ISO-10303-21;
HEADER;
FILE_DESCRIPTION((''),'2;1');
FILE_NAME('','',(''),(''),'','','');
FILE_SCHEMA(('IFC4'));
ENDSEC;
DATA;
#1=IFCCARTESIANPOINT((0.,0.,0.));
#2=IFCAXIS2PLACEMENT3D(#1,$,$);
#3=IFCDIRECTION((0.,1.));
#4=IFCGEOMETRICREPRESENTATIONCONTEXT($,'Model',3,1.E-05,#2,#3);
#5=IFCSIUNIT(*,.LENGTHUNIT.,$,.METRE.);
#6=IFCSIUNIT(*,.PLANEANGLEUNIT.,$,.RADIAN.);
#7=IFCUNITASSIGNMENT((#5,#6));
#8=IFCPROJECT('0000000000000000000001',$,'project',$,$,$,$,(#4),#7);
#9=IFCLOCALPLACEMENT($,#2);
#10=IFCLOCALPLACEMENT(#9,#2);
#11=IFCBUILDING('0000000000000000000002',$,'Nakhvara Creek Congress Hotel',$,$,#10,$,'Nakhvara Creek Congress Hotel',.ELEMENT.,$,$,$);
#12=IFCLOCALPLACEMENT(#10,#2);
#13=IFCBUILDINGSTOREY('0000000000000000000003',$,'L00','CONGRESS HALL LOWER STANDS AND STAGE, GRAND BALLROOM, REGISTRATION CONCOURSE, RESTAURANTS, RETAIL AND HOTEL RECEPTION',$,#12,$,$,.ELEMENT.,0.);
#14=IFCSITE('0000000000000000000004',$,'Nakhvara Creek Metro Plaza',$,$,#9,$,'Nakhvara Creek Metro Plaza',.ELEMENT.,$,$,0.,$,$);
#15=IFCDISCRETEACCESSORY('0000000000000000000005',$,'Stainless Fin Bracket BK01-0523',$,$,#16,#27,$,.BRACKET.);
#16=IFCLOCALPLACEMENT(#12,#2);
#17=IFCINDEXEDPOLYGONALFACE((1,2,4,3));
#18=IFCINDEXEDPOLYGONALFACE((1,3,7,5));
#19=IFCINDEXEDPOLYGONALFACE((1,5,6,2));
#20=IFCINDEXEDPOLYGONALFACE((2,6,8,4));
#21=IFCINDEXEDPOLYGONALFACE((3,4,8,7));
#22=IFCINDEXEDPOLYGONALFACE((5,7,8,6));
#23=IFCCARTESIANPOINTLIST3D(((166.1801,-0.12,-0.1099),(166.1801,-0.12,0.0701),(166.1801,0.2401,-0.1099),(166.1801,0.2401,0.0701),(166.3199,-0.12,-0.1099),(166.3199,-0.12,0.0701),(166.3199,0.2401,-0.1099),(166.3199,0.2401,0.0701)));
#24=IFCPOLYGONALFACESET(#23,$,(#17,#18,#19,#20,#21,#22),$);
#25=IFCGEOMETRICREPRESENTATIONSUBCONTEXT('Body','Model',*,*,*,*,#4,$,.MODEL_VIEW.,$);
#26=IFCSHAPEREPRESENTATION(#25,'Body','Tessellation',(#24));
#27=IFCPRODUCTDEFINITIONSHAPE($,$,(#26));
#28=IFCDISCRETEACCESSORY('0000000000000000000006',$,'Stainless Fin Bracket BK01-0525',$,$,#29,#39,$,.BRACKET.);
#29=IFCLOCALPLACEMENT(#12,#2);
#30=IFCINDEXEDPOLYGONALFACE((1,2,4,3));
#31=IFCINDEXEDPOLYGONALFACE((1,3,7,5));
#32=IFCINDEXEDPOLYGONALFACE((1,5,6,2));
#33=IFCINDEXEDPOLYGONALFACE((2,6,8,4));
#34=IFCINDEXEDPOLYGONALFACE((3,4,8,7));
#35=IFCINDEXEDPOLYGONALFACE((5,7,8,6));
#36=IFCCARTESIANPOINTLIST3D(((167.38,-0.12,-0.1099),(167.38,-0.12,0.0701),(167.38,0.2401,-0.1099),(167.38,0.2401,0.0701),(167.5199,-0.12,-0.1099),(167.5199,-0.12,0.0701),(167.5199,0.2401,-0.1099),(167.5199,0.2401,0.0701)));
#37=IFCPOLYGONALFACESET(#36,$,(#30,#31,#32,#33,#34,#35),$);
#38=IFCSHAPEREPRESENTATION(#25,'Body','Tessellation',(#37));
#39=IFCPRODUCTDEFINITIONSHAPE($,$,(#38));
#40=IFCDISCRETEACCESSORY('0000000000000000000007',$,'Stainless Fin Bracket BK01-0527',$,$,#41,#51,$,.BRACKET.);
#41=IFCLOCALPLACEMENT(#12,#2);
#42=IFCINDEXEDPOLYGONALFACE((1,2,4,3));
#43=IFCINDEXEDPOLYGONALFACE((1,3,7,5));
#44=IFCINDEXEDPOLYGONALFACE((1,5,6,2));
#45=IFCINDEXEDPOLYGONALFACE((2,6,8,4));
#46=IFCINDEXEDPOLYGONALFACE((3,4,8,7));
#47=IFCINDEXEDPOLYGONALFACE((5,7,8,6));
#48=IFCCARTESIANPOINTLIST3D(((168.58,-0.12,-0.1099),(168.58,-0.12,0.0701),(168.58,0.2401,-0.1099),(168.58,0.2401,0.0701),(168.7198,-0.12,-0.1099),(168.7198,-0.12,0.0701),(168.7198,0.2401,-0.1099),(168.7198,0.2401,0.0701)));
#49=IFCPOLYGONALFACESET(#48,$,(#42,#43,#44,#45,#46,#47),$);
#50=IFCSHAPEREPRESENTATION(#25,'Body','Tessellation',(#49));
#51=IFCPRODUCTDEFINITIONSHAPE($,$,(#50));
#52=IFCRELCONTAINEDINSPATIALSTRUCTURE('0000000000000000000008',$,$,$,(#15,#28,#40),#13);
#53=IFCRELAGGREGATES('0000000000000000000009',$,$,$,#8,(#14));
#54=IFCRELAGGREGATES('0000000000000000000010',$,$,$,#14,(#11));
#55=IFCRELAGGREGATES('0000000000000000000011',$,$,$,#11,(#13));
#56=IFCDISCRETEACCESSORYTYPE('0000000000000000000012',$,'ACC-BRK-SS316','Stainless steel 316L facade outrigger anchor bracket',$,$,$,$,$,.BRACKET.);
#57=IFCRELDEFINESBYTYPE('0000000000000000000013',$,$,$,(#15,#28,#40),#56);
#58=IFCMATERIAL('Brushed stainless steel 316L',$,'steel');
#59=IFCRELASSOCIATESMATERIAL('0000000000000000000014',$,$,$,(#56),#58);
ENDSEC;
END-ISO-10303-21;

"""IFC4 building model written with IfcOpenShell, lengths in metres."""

from ifc_helpers import new_model, si_unit, direction, frame, origin, origin_2d, place, context, subcontext, project, spatial, rectangle, extrude, material, type_object, element, save


model = new_model("IFC4")

# Units and contexts
model_context = context("Model", 3, precision=1e-05, world=origin(), true_north=direction((0.0, 1.0)))
body_context = subcontext(model_context, "Body", "Model", "MODEL_VIEW")
ifc_project = project(units=[si_unit("LENGTHUNIT", "METRE"), si_unit("PLANEANGLEUNIT", "RADIAN")], contexts=[model_context])

# Site, building, storey
site_placement = place(None, origin())
site = spatial("IfcSite", under=ifc_project, at=site_placement, Name="Nakhvara Creek Metro Plaza", LongName="Nakhvara Creek Metro Plaza", CompositionType="ELEMENT", RefElevation=0.0)
building_placement = place(site_placement, origin())
building = spatial("IfcBuilding", under=site, at=building_placement, Name="Nakhvara Creek Congress Hotel", LongName="Nakhvara Creek Congress Hotel", CompositionType="ELEMENT")
storey_placement = place(building_placement, origin())
storey = spatial("IfcBuildingStorey", under=building, at=storey_placement, Name="L00", Description="CONGRESS HALL LOWER STANDS AND STAGE, GRAND BALLROOM, REGISTRATION CONCOURSE, RESTAURANTS, RETAIL AND HOTEL RECEPTION", CompositionType="ELEMENT", Elevation=0.0)

# Discrete accessories
ifc_material_1 = material(Name="Brushed stainless steel 316L", Category="steel")
discrete_accessory_type = type_object("IfcDiscreteAccessoryType", Name="ACC-BRK-SS316", Description="Stainless steel 316L facade outrigger anchor bracket", PredefinedType="BRACKET", material=ifc_material_1)
for number, where, z_axis, x_axis, name in (
    (1, (166.25, 0.0601, -0.1099), (0.0, 0.0, 1.0), (1.0, 0.0, 0.0), "Stainless Fin Bracket BK01-0523"),
    (2, (167.45, 0.0601, -0.1099), (0.0, 0.0, 1.0), (1.0, 0.0, 0.0), "Stainless Fin Bracket BK01-0525"),
    (3, (168.6499, 0.0601, -0.1099), (0.0, 0.0, 1.0), (1.0, 0.0, 0.0), "Stainless Fin Bracket BK01-0527"),
):
    element("IfcDiscreteAccessory", number, at=place(storey_placement, frame(where, z_axis=z_axis, x_axis=x_axis)), inside=storey, type_object=discrete_accessory_type, Name=name, PredefinedType="BRACKET", context=body_context, shape_type="SweptSolid", body=[
        extrude(rectangle(XDim=0.1399, YDim=0.3601, at=origin_2d()), origin(), (0.0, 0.0, 1.0), 0.1799),
    ])

save(model, "model.ifc")
